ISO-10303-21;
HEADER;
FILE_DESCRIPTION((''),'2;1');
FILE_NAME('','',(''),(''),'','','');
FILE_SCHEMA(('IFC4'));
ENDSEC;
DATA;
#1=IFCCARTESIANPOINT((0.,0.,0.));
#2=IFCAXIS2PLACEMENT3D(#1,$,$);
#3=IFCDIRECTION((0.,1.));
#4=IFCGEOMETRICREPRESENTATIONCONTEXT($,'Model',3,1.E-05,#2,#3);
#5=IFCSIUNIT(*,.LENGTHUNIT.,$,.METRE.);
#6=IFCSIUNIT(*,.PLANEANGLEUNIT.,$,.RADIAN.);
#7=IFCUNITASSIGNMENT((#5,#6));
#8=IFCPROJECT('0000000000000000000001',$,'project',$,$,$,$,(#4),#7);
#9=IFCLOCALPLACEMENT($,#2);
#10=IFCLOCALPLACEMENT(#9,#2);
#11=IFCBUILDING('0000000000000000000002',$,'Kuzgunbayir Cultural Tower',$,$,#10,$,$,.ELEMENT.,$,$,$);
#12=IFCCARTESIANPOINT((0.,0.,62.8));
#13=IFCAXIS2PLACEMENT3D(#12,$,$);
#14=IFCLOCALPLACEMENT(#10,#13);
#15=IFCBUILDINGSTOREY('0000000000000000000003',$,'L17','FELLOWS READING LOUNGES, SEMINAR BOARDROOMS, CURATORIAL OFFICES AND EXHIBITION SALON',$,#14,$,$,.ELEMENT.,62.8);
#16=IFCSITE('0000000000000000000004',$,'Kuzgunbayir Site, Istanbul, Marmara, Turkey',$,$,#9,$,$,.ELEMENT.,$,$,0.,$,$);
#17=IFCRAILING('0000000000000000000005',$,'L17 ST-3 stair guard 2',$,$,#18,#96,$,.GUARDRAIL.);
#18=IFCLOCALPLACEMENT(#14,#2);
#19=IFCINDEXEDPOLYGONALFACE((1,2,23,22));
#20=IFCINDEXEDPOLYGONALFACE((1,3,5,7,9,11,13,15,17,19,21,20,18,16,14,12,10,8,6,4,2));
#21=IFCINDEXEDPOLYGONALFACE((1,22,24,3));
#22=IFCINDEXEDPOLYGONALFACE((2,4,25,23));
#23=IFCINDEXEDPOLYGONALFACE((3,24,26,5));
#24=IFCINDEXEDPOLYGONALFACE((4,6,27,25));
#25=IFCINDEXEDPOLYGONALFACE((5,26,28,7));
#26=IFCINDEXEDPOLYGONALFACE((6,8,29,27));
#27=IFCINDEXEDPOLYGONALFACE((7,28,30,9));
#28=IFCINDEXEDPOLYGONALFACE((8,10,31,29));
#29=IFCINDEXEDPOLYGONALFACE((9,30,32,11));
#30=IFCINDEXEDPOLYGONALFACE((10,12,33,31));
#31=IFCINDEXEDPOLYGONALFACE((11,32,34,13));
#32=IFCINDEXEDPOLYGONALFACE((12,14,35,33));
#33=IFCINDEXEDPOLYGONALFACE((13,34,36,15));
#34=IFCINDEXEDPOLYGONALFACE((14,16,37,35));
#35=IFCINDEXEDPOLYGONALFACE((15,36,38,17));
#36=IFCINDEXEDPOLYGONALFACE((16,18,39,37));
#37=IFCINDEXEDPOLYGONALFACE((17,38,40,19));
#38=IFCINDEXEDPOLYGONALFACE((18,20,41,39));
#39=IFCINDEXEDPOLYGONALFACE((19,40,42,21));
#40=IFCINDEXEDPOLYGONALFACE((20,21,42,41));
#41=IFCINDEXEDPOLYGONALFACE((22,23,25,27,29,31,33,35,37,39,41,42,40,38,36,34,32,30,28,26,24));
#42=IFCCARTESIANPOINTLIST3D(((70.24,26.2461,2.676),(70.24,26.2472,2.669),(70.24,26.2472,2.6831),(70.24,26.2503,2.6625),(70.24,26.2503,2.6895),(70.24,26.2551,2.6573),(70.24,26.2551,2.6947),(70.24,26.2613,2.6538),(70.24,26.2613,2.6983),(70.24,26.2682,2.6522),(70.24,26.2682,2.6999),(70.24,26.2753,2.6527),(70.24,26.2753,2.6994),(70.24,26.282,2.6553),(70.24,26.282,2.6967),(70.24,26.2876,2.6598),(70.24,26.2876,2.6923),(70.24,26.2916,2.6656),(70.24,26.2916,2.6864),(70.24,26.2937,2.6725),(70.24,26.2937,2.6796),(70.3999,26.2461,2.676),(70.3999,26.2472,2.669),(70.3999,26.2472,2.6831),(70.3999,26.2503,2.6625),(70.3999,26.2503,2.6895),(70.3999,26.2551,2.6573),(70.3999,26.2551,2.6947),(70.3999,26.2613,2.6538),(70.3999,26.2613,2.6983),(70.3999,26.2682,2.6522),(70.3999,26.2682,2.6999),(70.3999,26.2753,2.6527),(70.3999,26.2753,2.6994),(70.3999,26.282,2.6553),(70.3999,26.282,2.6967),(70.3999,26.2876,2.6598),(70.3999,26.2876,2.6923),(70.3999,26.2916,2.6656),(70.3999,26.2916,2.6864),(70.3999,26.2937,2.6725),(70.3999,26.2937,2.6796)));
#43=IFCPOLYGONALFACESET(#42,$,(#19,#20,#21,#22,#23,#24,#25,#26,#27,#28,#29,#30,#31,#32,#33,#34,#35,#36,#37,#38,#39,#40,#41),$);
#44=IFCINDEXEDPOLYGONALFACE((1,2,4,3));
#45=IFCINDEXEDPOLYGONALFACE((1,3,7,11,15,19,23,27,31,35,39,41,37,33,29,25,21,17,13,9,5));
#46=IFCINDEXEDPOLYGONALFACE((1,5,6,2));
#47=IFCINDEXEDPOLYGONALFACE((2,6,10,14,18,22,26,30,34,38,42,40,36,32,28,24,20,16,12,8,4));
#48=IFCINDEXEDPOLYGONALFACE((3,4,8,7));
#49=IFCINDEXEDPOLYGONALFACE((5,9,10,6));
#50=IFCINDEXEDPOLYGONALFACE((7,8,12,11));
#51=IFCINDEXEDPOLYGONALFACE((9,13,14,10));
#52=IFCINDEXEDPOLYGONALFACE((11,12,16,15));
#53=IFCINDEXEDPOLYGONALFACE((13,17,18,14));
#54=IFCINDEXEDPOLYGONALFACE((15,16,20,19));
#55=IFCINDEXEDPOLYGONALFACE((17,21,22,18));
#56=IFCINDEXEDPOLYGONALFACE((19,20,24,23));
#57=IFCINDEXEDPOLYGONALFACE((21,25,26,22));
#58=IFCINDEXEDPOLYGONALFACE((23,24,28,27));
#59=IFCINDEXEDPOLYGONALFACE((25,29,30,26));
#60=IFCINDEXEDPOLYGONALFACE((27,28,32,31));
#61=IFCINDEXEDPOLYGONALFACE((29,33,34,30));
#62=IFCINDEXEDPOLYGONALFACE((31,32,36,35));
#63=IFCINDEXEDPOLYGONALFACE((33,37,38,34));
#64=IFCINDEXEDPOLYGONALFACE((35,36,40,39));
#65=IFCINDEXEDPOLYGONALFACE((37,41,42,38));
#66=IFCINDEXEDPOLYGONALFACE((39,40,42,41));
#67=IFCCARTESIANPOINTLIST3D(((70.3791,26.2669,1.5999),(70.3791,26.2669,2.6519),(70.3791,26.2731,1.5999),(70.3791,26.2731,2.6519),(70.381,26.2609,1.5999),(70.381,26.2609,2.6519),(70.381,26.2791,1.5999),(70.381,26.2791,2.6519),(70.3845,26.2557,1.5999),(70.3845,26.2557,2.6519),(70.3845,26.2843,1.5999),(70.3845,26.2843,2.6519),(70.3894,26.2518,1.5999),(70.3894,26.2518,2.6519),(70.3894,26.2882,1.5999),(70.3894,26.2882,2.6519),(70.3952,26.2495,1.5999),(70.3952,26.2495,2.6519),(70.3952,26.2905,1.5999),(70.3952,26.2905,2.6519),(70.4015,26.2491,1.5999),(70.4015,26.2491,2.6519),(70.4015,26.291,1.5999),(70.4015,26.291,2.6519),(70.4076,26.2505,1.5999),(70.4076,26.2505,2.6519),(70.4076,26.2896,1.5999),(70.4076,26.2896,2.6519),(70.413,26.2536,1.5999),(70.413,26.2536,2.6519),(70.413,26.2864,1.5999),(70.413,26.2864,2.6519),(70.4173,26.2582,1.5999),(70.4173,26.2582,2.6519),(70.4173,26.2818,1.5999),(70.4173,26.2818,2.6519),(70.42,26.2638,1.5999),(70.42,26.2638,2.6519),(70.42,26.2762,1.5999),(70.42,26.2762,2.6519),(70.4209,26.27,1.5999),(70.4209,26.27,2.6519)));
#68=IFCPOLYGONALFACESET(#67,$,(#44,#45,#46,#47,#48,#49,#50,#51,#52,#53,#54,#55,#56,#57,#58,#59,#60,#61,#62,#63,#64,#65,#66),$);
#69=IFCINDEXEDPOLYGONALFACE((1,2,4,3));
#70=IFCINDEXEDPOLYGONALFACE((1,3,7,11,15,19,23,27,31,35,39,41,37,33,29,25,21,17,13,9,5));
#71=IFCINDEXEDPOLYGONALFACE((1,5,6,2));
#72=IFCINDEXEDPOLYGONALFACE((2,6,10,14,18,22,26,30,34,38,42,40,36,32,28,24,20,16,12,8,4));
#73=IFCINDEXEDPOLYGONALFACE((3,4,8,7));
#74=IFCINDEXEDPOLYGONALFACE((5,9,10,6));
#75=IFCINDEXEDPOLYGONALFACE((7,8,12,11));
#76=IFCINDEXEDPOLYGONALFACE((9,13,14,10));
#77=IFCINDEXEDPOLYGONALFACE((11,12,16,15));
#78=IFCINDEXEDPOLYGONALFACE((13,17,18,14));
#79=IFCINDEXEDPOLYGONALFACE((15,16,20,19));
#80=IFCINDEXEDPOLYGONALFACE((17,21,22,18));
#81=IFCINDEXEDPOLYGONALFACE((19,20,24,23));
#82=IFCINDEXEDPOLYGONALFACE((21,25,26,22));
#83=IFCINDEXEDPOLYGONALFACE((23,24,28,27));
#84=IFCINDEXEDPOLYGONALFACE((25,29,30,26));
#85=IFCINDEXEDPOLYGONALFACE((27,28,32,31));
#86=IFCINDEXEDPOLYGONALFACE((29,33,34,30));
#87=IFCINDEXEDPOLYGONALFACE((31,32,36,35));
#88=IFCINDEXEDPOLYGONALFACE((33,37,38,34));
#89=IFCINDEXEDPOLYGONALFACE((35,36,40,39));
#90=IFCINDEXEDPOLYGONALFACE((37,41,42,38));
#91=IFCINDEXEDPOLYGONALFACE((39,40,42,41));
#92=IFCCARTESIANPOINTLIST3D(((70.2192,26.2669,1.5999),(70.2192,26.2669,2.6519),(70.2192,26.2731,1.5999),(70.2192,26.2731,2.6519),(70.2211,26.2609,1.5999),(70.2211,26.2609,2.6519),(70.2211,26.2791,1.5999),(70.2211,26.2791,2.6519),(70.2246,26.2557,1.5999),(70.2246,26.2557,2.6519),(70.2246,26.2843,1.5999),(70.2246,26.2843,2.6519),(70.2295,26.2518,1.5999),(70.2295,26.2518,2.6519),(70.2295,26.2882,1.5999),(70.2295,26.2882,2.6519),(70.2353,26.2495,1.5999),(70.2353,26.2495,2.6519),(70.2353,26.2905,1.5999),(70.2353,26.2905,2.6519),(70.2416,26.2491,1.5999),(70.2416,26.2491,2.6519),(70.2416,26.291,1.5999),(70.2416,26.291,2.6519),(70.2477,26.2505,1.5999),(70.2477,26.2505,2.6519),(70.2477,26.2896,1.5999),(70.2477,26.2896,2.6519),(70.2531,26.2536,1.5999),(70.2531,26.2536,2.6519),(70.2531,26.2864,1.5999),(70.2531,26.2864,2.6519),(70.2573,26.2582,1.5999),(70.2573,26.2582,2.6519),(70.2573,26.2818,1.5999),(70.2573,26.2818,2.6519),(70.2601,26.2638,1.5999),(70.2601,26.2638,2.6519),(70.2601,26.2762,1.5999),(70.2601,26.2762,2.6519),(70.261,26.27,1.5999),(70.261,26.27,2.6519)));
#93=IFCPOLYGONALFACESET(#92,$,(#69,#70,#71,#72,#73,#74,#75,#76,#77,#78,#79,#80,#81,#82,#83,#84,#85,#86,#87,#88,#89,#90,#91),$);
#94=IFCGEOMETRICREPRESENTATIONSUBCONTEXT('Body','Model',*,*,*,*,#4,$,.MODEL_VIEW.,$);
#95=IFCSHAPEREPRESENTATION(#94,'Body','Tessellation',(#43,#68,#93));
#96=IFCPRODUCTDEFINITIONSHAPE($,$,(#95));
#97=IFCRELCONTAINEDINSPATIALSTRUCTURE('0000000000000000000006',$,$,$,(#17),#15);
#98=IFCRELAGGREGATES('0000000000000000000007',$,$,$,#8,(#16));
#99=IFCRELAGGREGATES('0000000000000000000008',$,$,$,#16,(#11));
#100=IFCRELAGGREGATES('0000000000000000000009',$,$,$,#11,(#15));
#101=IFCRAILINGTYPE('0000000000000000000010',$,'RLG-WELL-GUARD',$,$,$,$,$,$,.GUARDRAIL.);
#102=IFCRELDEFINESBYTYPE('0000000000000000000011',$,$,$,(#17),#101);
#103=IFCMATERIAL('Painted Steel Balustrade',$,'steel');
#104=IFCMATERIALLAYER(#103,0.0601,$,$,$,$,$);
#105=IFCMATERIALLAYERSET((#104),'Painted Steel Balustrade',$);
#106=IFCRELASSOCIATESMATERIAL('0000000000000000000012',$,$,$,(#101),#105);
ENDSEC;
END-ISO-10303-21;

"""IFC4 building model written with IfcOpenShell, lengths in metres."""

from ifc_helpers import new_model, si_unit, direction, frame, origin, origin_2d, place, context, subcontext, project, spatial, circle, extrude, material, layer, layer_set, type_object, element, save


model = new_model("IFC4")

# Units and contexts
model_context = context("Model", 3, precision=1e-05, world=origin(), true_north=direction((0.0, 1.0)))
body_context = subcontext(model_context, "Body", "Model", "MODEL_VIEW")
ifc_project = project(units=[si_unit("LENGTHUNIT", "METRE"), si_unit("PLANEANGLEUNIT", "RADIAN")], contexts=[model_context])

# Site, building, storey
site_placement = place(None, origin())
site = spatial("IfcSite", under=ifc_project, at=site_placement, Name="Kuzgunbayir Site, Istanbul, Marmara, Turkey", CompositionType="ELEMENT", RefElevation=0.0)
building_placement = place(site_placement, origin())
building = spatial("IfcBuilding", under=site, at=building_placement, Name="Kuzgunbayir Cultural Tower", CompositionType="ELEMENT")
storey_placement = place(building_placement, frame((0.0, 0.0, 62.8)))
storey = spatial("IfcBuildingStorey", under=building, at=storey_placement, Name="L17", Description="FELLOWS READING LOUNGES, SEMINAR BOARDROOMS, CURATORIAL OFFICES AND EXHIBITION SALON", CompositionType="ELEMENT", Elevation=62.8)

# Railing
ifc_material_1 = material(Name="Painted Steel Balustrade", Category="steel")
ifc_layer_1 = layer(ifc_material_1, 0.0601)
ifc_layer_set_1 = layer_set([ifc_layer_1], Name="Painted Steel Balustrade")
railing_type_1 = type_object("IfcRailingType", Name="RLG-WELL-GUARD", PredefinedType="GUARDRAIL", material=ifc_layer_set_1)
railing_1_placement = place(storey_placement, frame((70.3999, 26.27, 1.5999)))
element("IfcRailing", 1, at=railing_1_placement, inside=storey, type_object=railing_type_1, Name="L17 ST-3 stair guard 2", PredefinedType="GUARDRAIL", context=body_context, shape_type="SweptSolid", body=[
    extrude(circle(Radius=0.0239, at=origin_2d()), frame((0.0, 0.0, 1.0762), z_axis=(-1.0, 0.0, 0.0), x_axis=(0.0, -1.0, 0.0)), (0.0, 0.0, 1.0), 0.1599),
    extrude(circle(Radius=0.021, at=origin_2d()), origin(), (0.0, 0.0, 1.0), 1.052),
    extrude(circle(Radius=0.021, at=origin_2d()), frame((-0.1599, 0.0, 0.0)), (0.0, 0.0, 1.0), 1.052),
])

save(model, "model.ifc")
